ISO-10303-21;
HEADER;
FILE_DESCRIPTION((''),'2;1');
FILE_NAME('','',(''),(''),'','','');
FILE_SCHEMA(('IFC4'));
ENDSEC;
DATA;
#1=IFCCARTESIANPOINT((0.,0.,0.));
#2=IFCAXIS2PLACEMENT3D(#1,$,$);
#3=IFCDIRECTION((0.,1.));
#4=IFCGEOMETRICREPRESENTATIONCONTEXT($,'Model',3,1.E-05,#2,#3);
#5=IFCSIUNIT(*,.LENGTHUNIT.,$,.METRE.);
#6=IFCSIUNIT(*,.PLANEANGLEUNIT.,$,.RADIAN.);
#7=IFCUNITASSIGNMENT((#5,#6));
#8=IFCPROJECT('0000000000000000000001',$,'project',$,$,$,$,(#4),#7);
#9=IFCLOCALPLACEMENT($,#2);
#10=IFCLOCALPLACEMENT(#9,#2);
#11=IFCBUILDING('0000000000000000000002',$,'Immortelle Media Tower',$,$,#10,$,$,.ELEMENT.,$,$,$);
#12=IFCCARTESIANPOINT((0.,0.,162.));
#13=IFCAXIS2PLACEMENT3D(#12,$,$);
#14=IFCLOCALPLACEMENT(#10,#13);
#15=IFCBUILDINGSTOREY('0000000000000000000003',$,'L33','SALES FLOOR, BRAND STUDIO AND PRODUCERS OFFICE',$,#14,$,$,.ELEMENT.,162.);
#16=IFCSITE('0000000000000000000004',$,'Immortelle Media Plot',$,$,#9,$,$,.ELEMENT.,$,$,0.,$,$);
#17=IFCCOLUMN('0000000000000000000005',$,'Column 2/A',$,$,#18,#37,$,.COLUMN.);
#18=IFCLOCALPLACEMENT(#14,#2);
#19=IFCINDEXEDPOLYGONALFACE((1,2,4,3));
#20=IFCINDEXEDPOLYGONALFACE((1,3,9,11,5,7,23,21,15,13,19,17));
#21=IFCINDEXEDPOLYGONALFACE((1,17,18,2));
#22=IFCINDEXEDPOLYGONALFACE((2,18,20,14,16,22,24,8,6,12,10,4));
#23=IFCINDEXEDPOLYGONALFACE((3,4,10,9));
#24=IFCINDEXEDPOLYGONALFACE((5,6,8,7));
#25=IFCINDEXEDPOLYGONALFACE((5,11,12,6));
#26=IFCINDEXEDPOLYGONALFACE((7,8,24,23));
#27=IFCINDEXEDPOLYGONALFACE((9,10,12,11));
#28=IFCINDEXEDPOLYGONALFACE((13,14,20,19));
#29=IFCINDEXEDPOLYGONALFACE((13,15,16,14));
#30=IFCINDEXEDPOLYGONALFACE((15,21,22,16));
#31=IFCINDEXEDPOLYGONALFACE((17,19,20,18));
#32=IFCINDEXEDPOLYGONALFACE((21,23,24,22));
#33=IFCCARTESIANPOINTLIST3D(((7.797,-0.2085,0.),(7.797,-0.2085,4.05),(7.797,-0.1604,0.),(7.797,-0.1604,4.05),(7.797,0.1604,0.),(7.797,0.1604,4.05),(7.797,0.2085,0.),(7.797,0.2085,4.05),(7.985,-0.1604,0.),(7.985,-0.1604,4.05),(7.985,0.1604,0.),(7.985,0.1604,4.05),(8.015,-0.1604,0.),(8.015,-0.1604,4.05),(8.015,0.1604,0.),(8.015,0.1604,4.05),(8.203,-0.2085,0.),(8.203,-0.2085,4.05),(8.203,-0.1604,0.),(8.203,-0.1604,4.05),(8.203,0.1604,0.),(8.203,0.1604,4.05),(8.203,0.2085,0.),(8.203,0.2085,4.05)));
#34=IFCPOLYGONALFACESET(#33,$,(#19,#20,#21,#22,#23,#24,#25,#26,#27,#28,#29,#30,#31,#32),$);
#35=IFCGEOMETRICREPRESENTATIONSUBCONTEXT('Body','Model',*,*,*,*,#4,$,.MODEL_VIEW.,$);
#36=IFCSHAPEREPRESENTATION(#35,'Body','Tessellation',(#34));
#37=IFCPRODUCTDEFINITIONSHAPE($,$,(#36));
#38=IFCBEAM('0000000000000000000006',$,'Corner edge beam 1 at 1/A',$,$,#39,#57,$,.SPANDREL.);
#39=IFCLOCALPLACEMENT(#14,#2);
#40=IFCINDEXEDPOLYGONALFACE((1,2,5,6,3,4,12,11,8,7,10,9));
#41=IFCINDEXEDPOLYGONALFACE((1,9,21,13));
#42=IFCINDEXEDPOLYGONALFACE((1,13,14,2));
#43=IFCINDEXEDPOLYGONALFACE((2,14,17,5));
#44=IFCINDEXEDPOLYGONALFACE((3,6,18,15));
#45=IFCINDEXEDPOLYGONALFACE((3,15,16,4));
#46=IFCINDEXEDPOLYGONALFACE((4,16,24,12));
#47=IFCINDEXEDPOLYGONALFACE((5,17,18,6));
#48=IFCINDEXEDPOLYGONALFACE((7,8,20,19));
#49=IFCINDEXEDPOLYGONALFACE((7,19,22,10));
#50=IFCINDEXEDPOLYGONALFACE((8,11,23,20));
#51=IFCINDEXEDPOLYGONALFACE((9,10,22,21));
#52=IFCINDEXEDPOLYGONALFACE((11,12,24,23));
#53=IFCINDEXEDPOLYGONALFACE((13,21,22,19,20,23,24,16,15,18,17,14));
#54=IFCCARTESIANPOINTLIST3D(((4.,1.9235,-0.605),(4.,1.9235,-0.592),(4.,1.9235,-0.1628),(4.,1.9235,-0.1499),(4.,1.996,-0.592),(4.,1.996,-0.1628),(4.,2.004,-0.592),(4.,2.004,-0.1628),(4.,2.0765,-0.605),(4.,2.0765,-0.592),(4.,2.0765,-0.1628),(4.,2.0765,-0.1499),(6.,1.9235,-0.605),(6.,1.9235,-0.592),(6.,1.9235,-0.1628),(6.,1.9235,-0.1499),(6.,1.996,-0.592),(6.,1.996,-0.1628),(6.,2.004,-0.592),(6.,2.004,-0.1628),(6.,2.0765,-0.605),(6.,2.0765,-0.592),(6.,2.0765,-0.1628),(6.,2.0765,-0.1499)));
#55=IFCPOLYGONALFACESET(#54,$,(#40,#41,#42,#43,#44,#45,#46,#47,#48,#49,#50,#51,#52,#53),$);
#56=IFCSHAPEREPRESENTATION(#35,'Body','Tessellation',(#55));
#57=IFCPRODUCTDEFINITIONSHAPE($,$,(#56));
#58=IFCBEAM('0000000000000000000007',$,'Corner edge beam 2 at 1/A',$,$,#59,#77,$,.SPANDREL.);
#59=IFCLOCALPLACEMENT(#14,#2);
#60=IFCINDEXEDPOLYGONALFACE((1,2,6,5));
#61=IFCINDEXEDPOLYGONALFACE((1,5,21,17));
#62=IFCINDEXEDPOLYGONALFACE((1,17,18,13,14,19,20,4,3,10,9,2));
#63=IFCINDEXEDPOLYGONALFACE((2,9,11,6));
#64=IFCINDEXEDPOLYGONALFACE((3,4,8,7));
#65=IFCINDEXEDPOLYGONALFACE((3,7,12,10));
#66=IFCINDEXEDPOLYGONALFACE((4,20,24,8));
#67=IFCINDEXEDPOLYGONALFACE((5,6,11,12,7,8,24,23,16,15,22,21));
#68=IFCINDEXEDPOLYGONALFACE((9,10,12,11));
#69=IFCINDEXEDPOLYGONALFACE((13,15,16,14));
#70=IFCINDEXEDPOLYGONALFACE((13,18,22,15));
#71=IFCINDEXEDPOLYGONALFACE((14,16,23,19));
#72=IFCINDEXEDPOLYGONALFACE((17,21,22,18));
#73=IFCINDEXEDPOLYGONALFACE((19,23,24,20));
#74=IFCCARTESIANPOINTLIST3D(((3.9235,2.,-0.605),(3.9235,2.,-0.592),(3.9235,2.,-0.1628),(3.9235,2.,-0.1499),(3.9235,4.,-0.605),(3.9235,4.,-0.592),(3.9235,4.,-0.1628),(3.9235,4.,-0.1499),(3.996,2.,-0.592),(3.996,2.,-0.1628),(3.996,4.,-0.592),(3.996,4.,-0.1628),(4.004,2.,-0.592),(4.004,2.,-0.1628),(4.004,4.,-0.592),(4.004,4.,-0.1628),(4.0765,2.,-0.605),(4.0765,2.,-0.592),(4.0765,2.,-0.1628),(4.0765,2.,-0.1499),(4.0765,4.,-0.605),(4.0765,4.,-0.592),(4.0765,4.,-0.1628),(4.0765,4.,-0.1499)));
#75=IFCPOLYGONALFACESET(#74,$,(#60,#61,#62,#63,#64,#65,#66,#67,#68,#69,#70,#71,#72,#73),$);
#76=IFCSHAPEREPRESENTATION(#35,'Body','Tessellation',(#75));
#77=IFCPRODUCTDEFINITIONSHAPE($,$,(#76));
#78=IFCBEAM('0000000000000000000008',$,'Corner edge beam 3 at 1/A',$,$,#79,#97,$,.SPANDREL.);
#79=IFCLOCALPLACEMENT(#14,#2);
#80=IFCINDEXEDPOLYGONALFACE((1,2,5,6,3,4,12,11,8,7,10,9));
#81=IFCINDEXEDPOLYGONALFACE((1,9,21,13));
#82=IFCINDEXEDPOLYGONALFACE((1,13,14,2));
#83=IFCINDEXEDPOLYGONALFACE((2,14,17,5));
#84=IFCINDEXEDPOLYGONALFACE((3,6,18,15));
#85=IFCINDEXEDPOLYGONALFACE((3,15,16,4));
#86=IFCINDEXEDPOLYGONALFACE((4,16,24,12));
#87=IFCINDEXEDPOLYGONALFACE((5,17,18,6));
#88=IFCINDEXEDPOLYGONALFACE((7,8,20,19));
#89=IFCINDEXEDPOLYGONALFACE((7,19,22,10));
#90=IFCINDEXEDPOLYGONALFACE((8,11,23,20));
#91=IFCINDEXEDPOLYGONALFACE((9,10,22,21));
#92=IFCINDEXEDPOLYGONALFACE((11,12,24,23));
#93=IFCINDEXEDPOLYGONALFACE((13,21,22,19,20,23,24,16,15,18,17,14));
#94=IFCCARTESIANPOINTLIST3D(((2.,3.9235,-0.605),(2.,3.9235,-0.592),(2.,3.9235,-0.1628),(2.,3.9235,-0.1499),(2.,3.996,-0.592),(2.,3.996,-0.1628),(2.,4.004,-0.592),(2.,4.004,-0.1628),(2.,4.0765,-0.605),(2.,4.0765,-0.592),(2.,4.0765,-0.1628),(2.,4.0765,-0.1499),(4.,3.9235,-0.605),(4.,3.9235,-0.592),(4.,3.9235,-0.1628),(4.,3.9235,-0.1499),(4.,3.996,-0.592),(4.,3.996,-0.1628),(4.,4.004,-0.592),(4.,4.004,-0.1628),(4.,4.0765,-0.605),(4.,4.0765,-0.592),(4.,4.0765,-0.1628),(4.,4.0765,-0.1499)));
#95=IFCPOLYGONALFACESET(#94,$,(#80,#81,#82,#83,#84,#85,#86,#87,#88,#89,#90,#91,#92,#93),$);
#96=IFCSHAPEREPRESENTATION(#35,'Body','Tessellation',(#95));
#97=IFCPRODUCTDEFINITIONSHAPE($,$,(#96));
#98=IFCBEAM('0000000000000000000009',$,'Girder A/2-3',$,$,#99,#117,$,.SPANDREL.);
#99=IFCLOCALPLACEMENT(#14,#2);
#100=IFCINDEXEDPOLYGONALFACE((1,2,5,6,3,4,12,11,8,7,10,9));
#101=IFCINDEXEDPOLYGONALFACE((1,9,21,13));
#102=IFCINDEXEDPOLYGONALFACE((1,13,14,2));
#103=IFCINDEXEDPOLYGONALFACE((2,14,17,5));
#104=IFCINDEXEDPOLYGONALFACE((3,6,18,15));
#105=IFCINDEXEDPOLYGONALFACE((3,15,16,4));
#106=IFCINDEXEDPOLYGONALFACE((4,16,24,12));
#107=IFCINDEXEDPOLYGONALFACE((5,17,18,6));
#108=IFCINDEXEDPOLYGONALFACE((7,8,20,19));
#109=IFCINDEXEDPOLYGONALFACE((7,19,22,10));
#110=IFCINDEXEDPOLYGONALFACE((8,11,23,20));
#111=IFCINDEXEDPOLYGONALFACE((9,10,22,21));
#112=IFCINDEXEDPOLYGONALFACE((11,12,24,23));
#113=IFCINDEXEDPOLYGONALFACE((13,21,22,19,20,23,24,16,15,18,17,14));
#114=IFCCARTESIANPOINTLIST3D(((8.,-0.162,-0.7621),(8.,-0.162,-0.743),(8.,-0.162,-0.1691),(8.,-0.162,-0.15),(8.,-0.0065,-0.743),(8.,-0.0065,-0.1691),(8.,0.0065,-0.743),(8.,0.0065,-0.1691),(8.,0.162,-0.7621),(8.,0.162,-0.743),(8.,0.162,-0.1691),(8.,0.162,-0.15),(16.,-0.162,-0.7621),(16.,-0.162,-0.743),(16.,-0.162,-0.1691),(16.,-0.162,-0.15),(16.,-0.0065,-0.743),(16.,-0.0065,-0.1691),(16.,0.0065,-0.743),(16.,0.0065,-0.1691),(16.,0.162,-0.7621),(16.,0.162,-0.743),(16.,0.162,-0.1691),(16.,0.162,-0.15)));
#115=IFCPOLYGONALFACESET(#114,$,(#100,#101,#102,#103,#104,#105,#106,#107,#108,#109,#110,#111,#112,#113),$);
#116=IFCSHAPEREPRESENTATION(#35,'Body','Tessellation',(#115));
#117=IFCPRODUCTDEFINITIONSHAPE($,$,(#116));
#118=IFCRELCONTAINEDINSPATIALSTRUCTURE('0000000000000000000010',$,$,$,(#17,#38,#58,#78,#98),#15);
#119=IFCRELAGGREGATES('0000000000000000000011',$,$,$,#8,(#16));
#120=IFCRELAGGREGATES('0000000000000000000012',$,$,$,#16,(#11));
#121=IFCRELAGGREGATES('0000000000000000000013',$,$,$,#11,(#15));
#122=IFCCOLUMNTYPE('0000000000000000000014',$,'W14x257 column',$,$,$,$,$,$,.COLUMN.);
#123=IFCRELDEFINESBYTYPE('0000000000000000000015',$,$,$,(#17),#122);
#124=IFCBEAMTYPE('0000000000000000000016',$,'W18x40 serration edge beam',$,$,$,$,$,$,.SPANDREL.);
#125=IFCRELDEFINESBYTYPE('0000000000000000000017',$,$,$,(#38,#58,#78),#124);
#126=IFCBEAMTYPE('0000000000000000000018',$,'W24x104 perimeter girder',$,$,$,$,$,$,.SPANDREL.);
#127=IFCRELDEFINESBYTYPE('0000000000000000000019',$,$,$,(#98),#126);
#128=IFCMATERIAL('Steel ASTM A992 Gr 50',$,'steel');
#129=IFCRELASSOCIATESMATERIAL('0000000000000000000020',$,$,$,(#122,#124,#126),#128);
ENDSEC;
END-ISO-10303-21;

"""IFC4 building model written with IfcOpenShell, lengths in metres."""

from ifc_helpers import new_model, si_unit, direction, frame, origin, origin_2d, place, context, subcontext, project, spatial, i_section, extrude, material, material_profile, profile_set, type_object, element, save


model = new_model("IFC4")

# Units and contexts
model_context = context("Model", 3, precision=1e-05, world=origin(), true_north=direction((0.0, 1.0)))
body_context = subcontext(model_context, "Body", "Model", "MODEL_VIEW")
ifc_project = project(units=[si_unit("LENGTHUNIT", "METRE"), si_unit("PLANEANGLEUNIT", "RADIAN")], contexts=[model_context])

# Site, building, storey
site_placement = place(None, origin())
site = spatial("IfcSite", under=ifc_project, at=site_placement, Name="Immortelle Media Plot", CompositionType="ELEMENT", RefElevation=0.0)
building_placement = place(site_placement, origin())
building = spatial("IfcBuilding", under=site, at=building_placement, Name="Immortelle Media Tower", CompositionType="ELEMENT")
storey_placement = place(building_placement, frame((0.0, 0.0, 162.0)))
storey = spatial("IfcBuildingStorey", under=building, at=storey_placement, Name="L33", Description="SALES FLOOR, BRAND STUDIO AND PRODUCERS OFFICE", CompositionType="ELEMENT", Elevation=162.0)

# Column
ifc_material_1 = material(Name="Steel ASTM A992 Gr 50", Category="steel")
ifc_material_profile_1 = material_profile(ifc_material_1, i_section(OverallWidth=0.406, OverallDepth=0.417, WebThickness=0.03, FlangeThickness=0.0481, at=origin_2d()), Name="W14x257")
ifc_profile_set_1 = profile_set([ifc_material_profile_1], Name="Steel ASTM A992 Gr 50")
column_type = type_object("IfcColumnType", Name="W14x257 column", PredefinedType="COLUMN", material=ifc_profile_set_1)
column_placement = place(storey_placement, frame((8.0, 0.0, 0.0), z_axis=(0.0, 0.0, 1.0), x_axis=(1.0, 0.0, 0.0)))
element("IfcColumn", 1, at=column_placement, inside=storey, type_object=column_type, Name="Column 2/A", PredefinedType="COLUMN", context=body_context, shape_type="SweptSolid", body=[
    extrude(i_section(OverallWidth=0.406, OverallDepth=0.417, WebThickness=0.03, FlangeThickness=0.0481, at=origin_2d()), origin(), (0.0, 0.0, 1.0), 4.05),
])

# Beams
ifc_material_profile_2 = material_profile(ifc_material_1, i_section(OverallWidth=0.1531, OverallDepth=0.4551, WebThickness=0.0081, FlangeThickness=0.0129, at=origin_2d()), Name="W18x40")
ifc_profile_set_2 = profile_set([ifc_material_profile_2], Name="Steel ASTM A992 Gr 50")
beam_type_1 = type_object("IfcBeamType", Name="W18x40 serration edge beam", PredefinedType="SPANDREL", material=ifc_profile_set_2)
for number, where, z_axis, x_axis, name in (
    (2, (6.0, 2.0, -0.3774), (-1.0, 0.0, 0.0), (0.0, -1.0, 0.0), "Corner edge beam 1 at 1/A"),
    (3, (4.0, 2.0, -0.3774), (0.0, 1.0, 0.0), (-1.0, 0.0, 0.0), "Corner edge beam 2 at 1/A"),
    (4, (4.0, 4.0, -0.3774), (-1.0, 0.0, 0.0), (0.0, -1.0, 0.0), "Corner edge beam 3 at 1/A"),
):
    element("IfcBeam", number, at=place(storey_placement, frame(where, z_axis=z_axis, x_axis=x_axis)), inside=storey, type_object=beam_type_1, Name=name, PredefinedType="SPANDREL", context=body_context, shape_type="SweptSolid", body=[
        extrude(i_section(OverallWidth=0.1531, OverallDepth=0.4551, WebThickness=0.0081, FlangeThickness=0.0129, at=origin_2d()), origin(), (0.0, 0.0, 1.0), 2.0),
    ])
ifc_material_profile_3 = material_profile(ifc_material_1, i_section(OverallWidth=0.324, OverallDepth=0.6121, WebThickness=0.0129, FlangeThickness=0.019, at=origin_2d()), Name="W24x104")
ifc_profile_set_3 = profile_set([ifc_material_profile_3], Name="Steel ASTM A992 Gr 50")
beam_type_2 = type_object("IfcBeamType", Name="W24x104 perimeter girder", PredefinedType="SPANDREL", material=ifc_profile_set_3)
beam_placement = place(storey_placement, frame((8.0, 0.0, -0.4561), z_axis=(1.0, 0.0, 0.0), x_axis=(0.0, 1.0, 0.0)))
element("IfcBeam", 5, at=beam_placement, inside=storey, type_object=beam_type_2, Name="Girder A/2-3", PredefinedType="SPANDREL", context=body_context, shape_type="SweptSolid", body=[
    extrude(i_section(OverallWidth=0.324, OverallDepth=0.6121, WebThickness=0.0129, FlangeThickness=0.019, at=origin_2d()), origin(), (0.0, 0.0, 1.0), 8.0),
])

save(model, "model.ifc")
